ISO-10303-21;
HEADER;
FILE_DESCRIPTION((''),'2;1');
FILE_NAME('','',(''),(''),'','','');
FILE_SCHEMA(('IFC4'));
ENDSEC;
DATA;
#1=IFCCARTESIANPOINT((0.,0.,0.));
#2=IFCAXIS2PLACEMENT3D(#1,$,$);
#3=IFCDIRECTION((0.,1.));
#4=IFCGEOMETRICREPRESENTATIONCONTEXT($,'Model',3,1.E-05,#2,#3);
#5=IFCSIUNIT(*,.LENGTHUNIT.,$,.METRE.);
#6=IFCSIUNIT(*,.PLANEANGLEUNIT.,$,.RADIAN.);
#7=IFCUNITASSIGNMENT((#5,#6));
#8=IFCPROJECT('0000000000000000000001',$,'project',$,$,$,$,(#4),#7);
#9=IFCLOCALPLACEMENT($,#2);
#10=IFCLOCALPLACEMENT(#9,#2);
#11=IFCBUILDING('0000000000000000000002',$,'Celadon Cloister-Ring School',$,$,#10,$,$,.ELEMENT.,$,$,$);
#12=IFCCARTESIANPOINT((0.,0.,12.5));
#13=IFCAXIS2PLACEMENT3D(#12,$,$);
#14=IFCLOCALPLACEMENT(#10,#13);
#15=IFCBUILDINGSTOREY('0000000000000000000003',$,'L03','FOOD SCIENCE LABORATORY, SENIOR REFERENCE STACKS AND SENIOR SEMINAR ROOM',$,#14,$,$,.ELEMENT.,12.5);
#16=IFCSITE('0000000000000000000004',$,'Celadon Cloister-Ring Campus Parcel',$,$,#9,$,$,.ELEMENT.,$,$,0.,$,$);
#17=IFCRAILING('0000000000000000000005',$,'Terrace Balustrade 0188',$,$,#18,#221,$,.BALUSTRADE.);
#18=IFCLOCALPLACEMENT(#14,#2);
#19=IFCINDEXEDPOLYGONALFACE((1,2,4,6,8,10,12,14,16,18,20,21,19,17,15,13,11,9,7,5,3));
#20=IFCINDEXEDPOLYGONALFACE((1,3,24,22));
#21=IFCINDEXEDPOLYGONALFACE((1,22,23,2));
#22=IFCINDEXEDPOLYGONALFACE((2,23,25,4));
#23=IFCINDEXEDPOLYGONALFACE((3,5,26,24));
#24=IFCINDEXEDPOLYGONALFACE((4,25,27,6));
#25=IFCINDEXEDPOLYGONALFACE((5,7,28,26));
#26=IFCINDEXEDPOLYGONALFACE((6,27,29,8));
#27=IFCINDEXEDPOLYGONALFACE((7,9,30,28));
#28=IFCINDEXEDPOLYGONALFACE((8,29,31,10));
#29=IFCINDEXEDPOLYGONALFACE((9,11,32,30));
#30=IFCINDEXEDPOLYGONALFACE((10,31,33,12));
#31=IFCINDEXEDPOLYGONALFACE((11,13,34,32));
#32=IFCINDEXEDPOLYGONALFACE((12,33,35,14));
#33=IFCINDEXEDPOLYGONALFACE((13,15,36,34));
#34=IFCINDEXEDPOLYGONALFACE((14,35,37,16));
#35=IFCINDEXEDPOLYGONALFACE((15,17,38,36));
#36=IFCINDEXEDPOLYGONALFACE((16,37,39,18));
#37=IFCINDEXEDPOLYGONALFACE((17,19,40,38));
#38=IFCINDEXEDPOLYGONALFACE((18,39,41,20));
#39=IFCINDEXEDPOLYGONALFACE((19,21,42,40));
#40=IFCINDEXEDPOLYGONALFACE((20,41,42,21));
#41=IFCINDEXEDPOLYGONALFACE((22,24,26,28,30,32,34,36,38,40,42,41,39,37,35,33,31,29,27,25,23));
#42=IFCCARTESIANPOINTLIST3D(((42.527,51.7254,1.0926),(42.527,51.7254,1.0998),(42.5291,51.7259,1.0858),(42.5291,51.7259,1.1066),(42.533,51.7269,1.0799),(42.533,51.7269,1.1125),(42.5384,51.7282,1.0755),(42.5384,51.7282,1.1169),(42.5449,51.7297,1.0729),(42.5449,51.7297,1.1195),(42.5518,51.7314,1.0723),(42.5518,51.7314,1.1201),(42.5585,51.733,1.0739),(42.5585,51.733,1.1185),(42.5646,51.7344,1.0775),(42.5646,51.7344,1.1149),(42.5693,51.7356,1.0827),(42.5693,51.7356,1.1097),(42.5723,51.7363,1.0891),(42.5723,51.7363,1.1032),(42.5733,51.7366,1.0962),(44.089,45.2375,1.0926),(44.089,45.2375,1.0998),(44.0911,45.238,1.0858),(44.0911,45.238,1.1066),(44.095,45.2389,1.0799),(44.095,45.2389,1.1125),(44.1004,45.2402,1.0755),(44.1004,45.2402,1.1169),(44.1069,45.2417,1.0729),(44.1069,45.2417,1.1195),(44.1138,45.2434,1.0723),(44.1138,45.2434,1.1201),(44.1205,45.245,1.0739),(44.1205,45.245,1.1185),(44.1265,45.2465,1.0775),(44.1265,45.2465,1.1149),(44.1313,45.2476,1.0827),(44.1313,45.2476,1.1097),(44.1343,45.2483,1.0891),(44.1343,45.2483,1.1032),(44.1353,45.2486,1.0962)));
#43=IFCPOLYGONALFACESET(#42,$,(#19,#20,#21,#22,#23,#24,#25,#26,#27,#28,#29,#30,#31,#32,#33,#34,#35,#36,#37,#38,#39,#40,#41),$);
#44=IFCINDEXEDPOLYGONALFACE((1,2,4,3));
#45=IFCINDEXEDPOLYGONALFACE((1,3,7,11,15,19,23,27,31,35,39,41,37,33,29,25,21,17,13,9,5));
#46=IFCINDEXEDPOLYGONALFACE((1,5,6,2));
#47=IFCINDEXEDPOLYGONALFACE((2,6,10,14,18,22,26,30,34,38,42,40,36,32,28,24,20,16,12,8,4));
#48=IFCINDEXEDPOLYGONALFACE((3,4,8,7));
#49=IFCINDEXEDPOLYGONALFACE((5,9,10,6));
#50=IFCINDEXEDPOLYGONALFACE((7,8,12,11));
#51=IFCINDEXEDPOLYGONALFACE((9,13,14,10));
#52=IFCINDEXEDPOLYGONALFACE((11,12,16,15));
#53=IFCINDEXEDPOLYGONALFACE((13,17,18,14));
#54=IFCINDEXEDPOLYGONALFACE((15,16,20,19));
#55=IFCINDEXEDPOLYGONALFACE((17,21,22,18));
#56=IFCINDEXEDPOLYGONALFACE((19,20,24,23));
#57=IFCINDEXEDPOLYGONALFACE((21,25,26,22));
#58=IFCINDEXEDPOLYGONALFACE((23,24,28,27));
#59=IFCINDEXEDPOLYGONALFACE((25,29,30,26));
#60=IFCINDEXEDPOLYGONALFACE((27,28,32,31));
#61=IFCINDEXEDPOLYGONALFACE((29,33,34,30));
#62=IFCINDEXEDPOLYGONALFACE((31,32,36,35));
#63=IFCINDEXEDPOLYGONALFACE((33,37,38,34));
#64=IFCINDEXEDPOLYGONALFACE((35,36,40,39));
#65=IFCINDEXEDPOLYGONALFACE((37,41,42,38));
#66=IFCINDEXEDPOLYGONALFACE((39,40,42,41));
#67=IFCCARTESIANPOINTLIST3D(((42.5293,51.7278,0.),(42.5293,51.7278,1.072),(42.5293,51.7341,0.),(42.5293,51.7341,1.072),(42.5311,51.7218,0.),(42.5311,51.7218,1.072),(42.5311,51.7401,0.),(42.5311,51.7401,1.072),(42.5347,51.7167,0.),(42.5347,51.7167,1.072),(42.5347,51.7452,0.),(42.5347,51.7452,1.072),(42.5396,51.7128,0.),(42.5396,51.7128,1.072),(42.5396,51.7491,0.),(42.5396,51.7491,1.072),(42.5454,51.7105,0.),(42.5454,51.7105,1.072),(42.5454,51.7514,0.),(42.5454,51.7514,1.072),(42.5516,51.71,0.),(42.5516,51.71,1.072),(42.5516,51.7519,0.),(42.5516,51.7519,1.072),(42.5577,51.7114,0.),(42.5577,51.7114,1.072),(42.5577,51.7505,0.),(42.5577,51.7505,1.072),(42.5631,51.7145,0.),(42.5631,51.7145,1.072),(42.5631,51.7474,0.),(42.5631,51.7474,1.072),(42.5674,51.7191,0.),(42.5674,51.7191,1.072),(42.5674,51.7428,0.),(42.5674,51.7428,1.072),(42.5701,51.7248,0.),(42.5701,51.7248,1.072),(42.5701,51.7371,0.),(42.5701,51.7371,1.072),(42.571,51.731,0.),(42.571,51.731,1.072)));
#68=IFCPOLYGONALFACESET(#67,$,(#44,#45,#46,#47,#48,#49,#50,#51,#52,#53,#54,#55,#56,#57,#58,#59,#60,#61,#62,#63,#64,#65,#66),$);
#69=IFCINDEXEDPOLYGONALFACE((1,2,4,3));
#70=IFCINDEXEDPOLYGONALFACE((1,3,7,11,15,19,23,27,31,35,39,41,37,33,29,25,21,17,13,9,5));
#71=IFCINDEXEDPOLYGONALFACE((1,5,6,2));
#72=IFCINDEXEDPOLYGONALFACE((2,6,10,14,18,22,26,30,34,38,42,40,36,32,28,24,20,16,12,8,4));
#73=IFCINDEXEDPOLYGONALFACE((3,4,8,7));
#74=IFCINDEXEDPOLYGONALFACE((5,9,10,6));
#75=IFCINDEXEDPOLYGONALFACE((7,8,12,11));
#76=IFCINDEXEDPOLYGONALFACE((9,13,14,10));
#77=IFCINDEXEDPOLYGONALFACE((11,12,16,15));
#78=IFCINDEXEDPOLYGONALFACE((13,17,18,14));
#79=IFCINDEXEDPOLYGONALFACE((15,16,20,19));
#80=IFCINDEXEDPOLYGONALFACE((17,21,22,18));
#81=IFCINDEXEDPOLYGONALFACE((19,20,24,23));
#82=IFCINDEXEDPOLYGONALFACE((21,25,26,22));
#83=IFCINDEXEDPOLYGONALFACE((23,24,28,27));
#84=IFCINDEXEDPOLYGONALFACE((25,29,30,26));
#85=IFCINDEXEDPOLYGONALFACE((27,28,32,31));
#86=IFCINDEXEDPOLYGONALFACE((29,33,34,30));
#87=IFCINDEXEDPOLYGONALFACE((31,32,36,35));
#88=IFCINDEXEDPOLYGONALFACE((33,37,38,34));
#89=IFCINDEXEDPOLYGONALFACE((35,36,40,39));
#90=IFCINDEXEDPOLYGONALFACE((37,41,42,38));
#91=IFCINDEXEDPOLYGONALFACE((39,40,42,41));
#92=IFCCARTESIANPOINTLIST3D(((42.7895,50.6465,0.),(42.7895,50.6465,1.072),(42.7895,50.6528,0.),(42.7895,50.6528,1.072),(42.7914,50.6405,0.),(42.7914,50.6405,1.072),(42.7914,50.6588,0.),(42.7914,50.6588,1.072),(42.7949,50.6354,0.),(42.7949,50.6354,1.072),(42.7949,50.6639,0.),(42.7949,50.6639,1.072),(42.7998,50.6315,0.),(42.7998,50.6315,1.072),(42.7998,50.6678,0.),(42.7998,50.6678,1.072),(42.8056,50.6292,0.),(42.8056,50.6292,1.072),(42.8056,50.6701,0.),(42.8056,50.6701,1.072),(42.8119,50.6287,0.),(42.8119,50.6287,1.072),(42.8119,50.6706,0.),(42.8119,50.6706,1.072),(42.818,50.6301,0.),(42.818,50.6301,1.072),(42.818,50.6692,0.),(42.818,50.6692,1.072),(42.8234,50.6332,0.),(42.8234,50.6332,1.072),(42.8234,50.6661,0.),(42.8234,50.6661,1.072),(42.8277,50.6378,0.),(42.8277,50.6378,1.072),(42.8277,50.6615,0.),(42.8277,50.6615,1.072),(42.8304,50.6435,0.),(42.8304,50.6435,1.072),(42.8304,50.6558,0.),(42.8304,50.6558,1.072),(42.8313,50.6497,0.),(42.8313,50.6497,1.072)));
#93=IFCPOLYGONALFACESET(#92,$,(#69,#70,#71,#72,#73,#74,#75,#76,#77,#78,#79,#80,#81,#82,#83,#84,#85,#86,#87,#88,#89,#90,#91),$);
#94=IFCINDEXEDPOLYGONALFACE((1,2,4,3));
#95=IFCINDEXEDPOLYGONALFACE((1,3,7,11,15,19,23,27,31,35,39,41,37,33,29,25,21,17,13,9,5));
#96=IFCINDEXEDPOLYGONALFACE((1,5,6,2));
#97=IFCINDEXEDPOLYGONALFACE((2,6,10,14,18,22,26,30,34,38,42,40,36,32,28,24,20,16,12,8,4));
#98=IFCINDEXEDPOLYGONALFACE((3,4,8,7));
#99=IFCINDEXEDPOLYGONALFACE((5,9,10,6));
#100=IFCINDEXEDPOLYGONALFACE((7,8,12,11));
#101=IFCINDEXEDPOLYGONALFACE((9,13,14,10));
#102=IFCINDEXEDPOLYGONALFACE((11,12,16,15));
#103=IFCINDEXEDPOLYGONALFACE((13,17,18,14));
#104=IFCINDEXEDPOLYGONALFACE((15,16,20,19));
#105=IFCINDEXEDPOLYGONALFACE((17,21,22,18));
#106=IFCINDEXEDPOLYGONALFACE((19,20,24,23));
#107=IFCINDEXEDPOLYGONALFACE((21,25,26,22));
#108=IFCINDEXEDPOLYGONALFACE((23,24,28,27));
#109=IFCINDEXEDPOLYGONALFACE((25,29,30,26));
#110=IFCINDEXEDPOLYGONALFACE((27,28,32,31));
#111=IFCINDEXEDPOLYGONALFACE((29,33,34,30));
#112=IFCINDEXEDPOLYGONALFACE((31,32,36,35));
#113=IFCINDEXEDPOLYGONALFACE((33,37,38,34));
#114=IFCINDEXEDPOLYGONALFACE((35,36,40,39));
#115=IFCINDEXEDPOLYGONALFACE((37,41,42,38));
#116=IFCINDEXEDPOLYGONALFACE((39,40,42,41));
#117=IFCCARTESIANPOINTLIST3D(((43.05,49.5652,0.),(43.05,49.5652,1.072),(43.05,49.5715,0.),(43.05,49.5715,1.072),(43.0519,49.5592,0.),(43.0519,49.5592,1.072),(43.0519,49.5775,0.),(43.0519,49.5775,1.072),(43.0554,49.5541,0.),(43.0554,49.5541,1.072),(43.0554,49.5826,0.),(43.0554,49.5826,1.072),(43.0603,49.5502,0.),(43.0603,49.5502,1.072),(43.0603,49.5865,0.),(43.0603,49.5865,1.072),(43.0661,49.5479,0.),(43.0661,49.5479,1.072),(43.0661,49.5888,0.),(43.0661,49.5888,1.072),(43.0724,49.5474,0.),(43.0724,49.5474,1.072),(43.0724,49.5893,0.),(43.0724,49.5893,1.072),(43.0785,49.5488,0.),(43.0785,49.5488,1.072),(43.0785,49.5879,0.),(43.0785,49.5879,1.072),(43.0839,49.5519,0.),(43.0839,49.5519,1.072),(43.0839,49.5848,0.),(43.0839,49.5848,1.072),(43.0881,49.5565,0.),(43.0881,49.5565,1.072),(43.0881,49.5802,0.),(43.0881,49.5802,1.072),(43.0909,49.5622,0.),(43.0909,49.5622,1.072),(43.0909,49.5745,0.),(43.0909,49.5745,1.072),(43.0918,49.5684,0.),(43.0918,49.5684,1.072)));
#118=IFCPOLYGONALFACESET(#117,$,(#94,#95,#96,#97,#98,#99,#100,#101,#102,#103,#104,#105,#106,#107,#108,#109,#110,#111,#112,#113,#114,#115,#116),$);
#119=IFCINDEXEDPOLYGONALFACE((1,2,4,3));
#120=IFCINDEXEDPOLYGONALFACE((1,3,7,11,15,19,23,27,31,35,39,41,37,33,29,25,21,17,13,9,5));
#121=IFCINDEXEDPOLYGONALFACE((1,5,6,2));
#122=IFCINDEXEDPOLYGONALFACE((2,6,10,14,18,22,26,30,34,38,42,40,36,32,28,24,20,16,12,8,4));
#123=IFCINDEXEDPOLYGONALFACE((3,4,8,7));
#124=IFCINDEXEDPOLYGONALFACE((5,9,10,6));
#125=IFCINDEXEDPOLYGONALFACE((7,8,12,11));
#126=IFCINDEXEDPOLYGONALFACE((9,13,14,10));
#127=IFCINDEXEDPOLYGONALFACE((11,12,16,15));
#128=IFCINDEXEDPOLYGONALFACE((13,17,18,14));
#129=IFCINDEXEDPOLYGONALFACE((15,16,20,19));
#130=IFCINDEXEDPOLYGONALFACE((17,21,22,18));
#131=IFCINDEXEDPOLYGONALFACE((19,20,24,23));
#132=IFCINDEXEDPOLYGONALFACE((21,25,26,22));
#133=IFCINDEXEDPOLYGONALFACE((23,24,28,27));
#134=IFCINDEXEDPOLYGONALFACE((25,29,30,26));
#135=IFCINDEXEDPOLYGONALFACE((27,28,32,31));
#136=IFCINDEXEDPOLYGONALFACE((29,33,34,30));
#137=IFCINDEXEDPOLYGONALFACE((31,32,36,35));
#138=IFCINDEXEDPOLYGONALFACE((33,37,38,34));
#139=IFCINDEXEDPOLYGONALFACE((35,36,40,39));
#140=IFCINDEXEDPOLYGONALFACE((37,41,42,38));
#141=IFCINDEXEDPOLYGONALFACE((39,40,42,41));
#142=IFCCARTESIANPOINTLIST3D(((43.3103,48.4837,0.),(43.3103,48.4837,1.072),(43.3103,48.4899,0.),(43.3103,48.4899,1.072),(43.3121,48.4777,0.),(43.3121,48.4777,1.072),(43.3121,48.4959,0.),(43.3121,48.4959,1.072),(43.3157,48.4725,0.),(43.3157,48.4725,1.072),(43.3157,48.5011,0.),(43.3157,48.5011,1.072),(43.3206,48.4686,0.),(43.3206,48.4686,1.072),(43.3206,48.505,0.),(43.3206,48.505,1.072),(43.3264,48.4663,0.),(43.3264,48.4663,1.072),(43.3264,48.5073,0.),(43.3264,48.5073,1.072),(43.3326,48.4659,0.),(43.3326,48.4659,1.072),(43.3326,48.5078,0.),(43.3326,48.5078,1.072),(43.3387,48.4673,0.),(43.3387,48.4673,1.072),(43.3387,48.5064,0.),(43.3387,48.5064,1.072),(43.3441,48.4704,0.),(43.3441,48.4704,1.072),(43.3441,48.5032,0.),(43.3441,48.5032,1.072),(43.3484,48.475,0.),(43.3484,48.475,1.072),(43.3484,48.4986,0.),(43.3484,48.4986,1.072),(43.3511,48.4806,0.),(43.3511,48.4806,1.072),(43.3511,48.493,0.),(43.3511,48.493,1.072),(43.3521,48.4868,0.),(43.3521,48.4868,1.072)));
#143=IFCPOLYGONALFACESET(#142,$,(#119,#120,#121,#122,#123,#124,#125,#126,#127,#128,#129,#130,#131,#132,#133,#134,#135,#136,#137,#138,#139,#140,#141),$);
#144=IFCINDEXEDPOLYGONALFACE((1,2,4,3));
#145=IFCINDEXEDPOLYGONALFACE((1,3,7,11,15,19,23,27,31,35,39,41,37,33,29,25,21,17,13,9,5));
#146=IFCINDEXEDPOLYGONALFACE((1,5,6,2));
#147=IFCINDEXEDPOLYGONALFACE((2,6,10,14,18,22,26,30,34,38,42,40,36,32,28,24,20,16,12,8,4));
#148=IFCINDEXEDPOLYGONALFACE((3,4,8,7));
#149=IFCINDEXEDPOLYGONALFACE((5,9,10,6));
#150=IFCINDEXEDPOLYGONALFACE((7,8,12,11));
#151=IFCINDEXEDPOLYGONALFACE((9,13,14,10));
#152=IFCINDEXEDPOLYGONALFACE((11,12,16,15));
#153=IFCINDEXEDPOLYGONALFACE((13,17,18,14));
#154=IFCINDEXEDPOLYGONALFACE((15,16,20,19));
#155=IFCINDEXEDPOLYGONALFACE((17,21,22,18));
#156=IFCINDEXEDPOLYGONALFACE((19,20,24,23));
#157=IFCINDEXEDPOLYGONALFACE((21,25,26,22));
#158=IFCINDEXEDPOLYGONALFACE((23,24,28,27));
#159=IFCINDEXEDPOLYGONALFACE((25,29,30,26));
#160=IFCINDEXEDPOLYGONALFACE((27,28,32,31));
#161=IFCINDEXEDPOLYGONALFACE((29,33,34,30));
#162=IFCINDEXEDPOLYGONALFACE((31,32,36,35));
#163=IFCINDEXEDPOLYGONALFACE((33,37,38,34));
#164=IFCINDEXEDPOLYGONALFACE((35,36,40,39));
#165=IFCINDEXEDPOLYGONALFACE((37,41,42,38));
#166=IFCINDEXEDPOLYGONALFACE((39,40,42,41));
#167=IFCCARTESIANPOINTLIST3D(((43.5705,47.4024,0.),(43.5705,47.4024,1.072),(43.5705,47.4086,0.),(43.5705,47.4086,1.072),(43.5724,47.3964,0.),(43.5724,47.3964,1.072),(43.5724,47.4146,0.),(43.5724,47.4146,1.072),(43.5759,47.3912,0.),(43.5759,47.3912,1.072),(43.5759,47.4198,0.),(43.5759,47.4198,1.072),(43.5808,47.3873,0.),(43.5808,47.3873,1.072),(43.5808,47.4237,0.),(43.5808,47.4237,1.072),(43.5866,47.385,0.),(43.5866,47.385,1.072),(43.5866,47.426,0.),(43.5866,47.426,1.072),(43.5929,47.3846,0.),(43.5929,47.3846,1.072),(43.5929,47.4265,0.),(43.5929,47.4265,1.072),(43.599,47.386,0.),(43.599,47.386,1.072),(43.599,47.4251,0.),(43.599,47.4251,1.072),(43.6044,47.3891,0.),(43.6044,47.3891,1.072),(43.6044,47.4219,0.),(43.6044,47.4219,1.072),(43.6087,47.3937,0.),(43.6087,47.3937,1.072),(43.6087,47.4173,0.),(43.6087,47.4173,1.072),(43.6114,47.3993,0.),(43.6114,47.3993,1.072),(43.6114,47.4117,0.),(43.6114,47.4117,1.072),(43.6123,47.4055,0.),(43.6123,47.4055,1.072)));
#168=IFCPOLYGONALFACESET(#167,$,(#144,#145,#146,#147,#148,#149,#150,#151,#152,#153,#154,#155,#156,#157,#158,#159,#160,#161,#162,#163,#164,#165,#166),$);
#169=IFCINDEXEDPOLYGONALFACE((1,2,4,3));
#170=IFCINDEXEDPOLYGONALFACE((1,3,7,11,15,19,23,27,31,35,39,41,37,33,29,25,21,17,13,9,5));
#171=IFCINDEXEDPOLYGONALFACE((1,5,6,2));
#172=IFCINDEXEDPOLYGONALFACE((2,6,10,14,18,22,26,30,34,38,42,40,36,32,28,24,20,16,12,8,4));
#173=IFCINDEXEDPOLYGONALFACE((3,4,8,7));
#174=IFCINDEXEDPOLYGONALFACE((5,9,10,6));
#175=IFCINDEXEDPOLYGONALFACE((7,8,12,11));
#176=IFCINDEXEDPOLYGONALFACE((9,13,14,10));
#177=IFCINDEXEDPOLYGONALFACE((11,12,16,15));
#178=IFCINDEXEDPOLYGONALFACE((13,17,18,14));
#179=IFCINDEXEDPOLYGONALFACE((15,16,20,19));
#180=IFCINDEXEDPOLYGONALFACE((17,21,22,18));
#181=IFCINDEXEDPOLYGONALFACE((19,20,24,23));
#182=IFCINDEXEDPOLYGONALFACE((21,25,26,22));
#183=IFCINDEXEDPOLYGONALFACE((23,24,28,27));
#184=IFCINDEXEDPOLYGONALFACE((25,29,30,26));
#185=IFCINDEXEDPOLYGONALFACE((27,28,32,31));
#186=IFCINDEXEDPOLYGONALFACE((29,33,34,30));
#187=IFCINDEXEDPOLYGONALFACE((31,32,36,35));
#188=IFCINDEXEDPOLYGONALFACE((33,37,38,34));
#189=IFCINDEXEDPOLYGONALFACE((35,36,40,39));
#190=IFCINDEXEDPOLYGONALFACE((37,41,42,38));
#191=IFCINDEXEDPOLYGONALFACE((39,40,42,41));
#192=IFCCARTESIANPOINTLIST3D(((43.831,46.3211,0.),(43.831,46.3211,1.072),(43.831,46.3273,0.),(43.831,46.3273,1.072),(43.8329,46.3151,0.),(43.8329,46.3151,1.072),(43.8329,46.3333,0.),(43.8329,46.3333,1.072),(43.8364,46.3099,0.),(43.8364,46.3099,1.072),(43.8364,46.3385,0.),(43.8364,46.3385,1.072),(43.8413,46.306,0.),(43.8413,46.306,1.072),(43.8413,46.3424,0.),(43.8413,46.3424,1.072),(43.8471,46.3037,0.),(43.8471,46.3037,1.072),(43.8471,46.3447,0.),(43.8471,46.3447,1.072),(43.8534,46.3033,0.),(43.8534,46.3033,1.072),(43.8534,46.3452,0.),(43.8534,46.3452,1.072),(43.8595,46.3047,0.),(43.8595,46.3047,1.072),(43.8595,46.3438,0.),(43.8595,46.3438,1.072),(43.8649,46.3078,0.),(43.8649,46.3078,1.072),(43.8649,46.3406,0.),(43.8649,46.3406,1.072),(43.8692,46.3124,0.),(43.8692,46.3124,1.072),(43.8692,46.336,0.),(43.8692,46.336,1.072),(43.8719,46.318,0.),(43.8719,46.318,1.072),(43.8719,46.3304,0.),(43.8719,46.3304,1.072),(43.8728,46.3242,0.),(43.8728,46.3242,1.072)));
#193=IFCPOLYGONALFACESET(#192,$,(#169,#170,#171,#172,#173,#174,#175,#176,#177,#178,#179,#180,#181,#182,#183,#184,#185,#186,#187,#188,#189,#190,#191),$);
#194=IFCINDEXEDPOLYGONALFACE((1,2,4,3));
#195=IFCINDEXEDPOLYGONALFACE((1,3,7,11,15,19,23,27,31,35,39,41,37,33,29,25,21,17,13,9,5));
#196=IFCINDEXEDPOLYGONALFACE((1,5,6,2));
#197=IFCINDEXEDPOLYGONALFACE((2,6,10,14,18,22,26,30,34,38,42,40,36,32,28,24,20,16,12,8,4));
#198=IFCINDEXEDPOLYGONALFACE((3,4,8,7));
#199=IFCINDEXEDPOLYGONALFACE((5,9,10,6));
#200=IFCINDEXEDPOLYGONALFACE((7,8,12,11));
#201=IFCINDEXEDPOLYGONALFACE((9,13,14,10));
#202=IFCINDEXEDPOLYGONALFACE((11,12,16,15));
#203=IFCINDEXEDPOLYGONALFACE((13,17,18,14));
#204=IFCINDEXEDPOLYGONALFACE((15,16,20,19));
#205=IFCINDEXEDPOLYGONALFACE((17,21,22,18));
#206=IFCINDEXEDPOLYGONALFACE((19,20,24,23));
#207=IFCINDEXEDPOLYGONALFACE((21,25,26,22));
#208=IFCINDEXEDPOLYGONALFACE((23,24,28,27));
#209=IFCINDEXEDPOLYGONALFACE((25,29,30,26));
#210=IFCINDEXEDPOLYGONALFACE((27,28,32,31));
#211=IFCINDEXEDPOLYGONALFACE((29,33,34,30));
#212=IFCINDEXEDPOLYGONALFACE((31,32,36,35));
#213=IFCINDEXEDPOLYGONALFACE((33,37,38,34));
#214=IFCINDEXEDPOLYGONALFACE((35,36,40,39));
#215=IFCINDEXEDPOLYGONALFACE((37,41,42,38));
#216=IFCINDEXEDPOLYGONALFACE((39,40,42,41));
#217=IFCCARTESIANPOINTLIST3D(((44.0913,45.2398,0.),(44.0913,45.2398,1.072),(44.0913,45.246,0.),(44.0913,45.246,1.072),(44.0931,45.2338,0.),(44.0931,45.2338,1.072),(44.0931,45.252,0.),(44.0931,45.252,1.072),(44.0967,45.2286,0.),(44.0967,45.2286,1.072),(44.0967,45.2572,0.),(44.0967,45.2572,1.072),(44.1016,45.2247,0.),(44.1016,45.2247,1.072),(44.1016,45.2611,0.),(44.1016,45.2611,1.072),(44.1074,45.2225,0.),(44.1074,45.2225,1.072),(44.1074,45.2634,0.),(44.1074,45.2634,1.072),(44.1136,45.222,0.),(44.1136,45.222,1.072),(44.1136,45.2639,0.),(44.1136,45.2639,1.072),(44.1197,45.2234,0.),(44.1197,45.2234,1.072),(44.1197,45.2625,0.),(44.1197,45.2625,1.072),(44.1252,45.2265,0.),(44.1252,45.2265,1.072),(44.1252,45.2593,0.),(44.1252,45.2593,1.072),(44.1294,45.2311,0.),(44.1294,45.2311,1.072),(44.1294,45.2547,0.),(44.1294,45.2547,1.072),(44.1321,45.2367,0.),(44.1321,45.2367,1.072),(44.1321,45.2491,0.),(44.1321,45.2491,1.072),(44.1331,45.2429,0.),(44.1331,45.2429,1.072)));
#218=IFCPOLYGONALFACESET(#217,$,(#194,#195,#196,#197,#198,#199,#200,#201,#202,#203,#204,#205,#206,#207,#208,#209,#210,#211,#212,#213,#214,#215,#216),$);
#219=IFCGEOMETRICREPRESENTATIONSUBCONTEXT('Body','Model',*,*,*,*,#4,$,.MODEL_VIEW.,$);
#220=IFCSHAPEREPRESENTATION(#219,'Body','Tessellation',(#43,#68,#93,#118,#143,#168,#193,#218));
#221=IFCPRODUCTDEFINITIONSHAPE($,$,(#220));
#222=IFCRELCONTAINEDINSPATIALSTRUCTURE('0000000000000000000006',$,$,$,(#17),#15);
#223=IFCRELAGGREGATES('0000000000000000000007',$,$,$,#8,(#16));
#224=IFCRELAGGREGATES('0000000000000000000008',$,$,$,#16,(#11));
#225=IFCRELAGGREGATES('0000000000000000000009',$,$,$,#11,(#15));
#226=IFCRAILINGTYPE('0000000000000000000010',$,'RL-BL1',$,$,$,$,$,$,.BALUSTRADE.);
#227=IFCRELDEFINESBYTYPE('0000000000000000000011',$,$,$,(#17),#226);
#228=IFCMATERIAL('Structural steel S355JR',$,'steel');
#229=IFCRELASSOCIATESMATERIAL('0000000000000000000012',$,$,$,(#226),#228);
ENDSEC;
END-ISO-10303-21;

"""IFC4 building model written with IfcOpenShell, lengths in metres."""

from ifc_helpers import new_model, si_unit, direction, frame, origin, origin_2d, place, context, subcontext, project, spatial, circle, extrude, material, type_object, element, save


model = new_model("IFC4")

# Units and contexts
model_context = context("Model", 3, precision=1e-05, world=origin(), true_north=direction((0.0, 1.0)))
body_context = subcontext(model_context, "Body", "Model", "MODEL_VIEW")
ifc_project = project(units=[si_unit("LENGTHUNIT", "METRE"), si_unit("PLANEANGLEUNIT", "RADIAN")], contexts=[model_context])

# Site, building, storey
site_placement = place(None, origin())
site = spatial("IfcSite", under=ifc_project, at=site_placement, Name="Celadon Cloister-Ring Campus Parcel", CompositionType="ELEMENT", RefElevation=0.0)
building_placement = place(site_placement, origin())
building = spatial("IfcBuilding", under=site, at=building_placement, Name="Celadon Cloister-Ring School", CompositionType="ELEMENT")
storey_placement = place(building_placement, frame((0.0, 0.0, 12.5)))
storey = spatial("IfcBuildingStorey", under=building, at=storey_placement, Name="L03", Description="FOOD SCIENCE LABORATORY, SENIOR REFERENCE STACKS AND SENIOR SEMINAR ROOM", CompositionType="ELEMENT", Elevation=12.5)

# Railing
ifc_material_1 = material(Name="Structural steel S355JR", Category="steel")
railing_type = type_object("IfcRailingType", Name="RL-BL1", PredefinedType="BALUSTRADE", material=ifc_material_1)
railing_placement = place(storey_placement, frame((42.55, 51.731, 0.0)))
element("IfcRailing", 1, at=railing_placement, inside=storey, type_object=railing_type, Name="Terrace Balustrade 0188", PredefinedType="BALUSTRADE", context=body_context, shape_type="SweptSolid", body=[
    extrude(circle(Radius=0.0239, at=origin_2d()), frame((0.0, 0.0, 1.0962), z_axis=(0.234065, -0.972221, 0.0), x_axis=(0.972221, 0.234065, 0.0)), (0.0, 0.0, 1.0), 6.6733),
    extrude(circle(Radius=0.021, at=origin_2d()), origin(), (0.0, 0.0, 1.0), 1.072),
    extrude(circle(Radius=0.021, at=origin_2d()), frame((0.2603, -1.0813, 0.0)), (0.0, 0.0, 1.0), 1.072),
    extrude(circle(Radius=0.021, at=origin_2d()), frame((0.5208, -2.1626, 0.0)), (0.0, 0.0, 1.0), 1.072),
    extrude(circle(Radius=0.021, at=origin_2d()), frame((0.781, -3.2441, 0.0)), (0.0, 0.0, 1.0), 1.072),
    extrude(circle(Radius=0.021, at=origin_2d()), frame((1.0413, -4.3254, 0.0)), (0.0, 0.0, 1.0), 1.072),
    extrude(circle(Radius=0.021, at=origin_2d()), frame((1.3018, -5.4067, 0.0)), (0.0, 0.0, 1.0), 1.072),
    extrude(circle(Radius=0.021, at=origin_2d()), frame((1.562, -6.488, 0.0)), (0.0, 0.0, 1.0), 1.072),
])

save(model, "model.ifc")
